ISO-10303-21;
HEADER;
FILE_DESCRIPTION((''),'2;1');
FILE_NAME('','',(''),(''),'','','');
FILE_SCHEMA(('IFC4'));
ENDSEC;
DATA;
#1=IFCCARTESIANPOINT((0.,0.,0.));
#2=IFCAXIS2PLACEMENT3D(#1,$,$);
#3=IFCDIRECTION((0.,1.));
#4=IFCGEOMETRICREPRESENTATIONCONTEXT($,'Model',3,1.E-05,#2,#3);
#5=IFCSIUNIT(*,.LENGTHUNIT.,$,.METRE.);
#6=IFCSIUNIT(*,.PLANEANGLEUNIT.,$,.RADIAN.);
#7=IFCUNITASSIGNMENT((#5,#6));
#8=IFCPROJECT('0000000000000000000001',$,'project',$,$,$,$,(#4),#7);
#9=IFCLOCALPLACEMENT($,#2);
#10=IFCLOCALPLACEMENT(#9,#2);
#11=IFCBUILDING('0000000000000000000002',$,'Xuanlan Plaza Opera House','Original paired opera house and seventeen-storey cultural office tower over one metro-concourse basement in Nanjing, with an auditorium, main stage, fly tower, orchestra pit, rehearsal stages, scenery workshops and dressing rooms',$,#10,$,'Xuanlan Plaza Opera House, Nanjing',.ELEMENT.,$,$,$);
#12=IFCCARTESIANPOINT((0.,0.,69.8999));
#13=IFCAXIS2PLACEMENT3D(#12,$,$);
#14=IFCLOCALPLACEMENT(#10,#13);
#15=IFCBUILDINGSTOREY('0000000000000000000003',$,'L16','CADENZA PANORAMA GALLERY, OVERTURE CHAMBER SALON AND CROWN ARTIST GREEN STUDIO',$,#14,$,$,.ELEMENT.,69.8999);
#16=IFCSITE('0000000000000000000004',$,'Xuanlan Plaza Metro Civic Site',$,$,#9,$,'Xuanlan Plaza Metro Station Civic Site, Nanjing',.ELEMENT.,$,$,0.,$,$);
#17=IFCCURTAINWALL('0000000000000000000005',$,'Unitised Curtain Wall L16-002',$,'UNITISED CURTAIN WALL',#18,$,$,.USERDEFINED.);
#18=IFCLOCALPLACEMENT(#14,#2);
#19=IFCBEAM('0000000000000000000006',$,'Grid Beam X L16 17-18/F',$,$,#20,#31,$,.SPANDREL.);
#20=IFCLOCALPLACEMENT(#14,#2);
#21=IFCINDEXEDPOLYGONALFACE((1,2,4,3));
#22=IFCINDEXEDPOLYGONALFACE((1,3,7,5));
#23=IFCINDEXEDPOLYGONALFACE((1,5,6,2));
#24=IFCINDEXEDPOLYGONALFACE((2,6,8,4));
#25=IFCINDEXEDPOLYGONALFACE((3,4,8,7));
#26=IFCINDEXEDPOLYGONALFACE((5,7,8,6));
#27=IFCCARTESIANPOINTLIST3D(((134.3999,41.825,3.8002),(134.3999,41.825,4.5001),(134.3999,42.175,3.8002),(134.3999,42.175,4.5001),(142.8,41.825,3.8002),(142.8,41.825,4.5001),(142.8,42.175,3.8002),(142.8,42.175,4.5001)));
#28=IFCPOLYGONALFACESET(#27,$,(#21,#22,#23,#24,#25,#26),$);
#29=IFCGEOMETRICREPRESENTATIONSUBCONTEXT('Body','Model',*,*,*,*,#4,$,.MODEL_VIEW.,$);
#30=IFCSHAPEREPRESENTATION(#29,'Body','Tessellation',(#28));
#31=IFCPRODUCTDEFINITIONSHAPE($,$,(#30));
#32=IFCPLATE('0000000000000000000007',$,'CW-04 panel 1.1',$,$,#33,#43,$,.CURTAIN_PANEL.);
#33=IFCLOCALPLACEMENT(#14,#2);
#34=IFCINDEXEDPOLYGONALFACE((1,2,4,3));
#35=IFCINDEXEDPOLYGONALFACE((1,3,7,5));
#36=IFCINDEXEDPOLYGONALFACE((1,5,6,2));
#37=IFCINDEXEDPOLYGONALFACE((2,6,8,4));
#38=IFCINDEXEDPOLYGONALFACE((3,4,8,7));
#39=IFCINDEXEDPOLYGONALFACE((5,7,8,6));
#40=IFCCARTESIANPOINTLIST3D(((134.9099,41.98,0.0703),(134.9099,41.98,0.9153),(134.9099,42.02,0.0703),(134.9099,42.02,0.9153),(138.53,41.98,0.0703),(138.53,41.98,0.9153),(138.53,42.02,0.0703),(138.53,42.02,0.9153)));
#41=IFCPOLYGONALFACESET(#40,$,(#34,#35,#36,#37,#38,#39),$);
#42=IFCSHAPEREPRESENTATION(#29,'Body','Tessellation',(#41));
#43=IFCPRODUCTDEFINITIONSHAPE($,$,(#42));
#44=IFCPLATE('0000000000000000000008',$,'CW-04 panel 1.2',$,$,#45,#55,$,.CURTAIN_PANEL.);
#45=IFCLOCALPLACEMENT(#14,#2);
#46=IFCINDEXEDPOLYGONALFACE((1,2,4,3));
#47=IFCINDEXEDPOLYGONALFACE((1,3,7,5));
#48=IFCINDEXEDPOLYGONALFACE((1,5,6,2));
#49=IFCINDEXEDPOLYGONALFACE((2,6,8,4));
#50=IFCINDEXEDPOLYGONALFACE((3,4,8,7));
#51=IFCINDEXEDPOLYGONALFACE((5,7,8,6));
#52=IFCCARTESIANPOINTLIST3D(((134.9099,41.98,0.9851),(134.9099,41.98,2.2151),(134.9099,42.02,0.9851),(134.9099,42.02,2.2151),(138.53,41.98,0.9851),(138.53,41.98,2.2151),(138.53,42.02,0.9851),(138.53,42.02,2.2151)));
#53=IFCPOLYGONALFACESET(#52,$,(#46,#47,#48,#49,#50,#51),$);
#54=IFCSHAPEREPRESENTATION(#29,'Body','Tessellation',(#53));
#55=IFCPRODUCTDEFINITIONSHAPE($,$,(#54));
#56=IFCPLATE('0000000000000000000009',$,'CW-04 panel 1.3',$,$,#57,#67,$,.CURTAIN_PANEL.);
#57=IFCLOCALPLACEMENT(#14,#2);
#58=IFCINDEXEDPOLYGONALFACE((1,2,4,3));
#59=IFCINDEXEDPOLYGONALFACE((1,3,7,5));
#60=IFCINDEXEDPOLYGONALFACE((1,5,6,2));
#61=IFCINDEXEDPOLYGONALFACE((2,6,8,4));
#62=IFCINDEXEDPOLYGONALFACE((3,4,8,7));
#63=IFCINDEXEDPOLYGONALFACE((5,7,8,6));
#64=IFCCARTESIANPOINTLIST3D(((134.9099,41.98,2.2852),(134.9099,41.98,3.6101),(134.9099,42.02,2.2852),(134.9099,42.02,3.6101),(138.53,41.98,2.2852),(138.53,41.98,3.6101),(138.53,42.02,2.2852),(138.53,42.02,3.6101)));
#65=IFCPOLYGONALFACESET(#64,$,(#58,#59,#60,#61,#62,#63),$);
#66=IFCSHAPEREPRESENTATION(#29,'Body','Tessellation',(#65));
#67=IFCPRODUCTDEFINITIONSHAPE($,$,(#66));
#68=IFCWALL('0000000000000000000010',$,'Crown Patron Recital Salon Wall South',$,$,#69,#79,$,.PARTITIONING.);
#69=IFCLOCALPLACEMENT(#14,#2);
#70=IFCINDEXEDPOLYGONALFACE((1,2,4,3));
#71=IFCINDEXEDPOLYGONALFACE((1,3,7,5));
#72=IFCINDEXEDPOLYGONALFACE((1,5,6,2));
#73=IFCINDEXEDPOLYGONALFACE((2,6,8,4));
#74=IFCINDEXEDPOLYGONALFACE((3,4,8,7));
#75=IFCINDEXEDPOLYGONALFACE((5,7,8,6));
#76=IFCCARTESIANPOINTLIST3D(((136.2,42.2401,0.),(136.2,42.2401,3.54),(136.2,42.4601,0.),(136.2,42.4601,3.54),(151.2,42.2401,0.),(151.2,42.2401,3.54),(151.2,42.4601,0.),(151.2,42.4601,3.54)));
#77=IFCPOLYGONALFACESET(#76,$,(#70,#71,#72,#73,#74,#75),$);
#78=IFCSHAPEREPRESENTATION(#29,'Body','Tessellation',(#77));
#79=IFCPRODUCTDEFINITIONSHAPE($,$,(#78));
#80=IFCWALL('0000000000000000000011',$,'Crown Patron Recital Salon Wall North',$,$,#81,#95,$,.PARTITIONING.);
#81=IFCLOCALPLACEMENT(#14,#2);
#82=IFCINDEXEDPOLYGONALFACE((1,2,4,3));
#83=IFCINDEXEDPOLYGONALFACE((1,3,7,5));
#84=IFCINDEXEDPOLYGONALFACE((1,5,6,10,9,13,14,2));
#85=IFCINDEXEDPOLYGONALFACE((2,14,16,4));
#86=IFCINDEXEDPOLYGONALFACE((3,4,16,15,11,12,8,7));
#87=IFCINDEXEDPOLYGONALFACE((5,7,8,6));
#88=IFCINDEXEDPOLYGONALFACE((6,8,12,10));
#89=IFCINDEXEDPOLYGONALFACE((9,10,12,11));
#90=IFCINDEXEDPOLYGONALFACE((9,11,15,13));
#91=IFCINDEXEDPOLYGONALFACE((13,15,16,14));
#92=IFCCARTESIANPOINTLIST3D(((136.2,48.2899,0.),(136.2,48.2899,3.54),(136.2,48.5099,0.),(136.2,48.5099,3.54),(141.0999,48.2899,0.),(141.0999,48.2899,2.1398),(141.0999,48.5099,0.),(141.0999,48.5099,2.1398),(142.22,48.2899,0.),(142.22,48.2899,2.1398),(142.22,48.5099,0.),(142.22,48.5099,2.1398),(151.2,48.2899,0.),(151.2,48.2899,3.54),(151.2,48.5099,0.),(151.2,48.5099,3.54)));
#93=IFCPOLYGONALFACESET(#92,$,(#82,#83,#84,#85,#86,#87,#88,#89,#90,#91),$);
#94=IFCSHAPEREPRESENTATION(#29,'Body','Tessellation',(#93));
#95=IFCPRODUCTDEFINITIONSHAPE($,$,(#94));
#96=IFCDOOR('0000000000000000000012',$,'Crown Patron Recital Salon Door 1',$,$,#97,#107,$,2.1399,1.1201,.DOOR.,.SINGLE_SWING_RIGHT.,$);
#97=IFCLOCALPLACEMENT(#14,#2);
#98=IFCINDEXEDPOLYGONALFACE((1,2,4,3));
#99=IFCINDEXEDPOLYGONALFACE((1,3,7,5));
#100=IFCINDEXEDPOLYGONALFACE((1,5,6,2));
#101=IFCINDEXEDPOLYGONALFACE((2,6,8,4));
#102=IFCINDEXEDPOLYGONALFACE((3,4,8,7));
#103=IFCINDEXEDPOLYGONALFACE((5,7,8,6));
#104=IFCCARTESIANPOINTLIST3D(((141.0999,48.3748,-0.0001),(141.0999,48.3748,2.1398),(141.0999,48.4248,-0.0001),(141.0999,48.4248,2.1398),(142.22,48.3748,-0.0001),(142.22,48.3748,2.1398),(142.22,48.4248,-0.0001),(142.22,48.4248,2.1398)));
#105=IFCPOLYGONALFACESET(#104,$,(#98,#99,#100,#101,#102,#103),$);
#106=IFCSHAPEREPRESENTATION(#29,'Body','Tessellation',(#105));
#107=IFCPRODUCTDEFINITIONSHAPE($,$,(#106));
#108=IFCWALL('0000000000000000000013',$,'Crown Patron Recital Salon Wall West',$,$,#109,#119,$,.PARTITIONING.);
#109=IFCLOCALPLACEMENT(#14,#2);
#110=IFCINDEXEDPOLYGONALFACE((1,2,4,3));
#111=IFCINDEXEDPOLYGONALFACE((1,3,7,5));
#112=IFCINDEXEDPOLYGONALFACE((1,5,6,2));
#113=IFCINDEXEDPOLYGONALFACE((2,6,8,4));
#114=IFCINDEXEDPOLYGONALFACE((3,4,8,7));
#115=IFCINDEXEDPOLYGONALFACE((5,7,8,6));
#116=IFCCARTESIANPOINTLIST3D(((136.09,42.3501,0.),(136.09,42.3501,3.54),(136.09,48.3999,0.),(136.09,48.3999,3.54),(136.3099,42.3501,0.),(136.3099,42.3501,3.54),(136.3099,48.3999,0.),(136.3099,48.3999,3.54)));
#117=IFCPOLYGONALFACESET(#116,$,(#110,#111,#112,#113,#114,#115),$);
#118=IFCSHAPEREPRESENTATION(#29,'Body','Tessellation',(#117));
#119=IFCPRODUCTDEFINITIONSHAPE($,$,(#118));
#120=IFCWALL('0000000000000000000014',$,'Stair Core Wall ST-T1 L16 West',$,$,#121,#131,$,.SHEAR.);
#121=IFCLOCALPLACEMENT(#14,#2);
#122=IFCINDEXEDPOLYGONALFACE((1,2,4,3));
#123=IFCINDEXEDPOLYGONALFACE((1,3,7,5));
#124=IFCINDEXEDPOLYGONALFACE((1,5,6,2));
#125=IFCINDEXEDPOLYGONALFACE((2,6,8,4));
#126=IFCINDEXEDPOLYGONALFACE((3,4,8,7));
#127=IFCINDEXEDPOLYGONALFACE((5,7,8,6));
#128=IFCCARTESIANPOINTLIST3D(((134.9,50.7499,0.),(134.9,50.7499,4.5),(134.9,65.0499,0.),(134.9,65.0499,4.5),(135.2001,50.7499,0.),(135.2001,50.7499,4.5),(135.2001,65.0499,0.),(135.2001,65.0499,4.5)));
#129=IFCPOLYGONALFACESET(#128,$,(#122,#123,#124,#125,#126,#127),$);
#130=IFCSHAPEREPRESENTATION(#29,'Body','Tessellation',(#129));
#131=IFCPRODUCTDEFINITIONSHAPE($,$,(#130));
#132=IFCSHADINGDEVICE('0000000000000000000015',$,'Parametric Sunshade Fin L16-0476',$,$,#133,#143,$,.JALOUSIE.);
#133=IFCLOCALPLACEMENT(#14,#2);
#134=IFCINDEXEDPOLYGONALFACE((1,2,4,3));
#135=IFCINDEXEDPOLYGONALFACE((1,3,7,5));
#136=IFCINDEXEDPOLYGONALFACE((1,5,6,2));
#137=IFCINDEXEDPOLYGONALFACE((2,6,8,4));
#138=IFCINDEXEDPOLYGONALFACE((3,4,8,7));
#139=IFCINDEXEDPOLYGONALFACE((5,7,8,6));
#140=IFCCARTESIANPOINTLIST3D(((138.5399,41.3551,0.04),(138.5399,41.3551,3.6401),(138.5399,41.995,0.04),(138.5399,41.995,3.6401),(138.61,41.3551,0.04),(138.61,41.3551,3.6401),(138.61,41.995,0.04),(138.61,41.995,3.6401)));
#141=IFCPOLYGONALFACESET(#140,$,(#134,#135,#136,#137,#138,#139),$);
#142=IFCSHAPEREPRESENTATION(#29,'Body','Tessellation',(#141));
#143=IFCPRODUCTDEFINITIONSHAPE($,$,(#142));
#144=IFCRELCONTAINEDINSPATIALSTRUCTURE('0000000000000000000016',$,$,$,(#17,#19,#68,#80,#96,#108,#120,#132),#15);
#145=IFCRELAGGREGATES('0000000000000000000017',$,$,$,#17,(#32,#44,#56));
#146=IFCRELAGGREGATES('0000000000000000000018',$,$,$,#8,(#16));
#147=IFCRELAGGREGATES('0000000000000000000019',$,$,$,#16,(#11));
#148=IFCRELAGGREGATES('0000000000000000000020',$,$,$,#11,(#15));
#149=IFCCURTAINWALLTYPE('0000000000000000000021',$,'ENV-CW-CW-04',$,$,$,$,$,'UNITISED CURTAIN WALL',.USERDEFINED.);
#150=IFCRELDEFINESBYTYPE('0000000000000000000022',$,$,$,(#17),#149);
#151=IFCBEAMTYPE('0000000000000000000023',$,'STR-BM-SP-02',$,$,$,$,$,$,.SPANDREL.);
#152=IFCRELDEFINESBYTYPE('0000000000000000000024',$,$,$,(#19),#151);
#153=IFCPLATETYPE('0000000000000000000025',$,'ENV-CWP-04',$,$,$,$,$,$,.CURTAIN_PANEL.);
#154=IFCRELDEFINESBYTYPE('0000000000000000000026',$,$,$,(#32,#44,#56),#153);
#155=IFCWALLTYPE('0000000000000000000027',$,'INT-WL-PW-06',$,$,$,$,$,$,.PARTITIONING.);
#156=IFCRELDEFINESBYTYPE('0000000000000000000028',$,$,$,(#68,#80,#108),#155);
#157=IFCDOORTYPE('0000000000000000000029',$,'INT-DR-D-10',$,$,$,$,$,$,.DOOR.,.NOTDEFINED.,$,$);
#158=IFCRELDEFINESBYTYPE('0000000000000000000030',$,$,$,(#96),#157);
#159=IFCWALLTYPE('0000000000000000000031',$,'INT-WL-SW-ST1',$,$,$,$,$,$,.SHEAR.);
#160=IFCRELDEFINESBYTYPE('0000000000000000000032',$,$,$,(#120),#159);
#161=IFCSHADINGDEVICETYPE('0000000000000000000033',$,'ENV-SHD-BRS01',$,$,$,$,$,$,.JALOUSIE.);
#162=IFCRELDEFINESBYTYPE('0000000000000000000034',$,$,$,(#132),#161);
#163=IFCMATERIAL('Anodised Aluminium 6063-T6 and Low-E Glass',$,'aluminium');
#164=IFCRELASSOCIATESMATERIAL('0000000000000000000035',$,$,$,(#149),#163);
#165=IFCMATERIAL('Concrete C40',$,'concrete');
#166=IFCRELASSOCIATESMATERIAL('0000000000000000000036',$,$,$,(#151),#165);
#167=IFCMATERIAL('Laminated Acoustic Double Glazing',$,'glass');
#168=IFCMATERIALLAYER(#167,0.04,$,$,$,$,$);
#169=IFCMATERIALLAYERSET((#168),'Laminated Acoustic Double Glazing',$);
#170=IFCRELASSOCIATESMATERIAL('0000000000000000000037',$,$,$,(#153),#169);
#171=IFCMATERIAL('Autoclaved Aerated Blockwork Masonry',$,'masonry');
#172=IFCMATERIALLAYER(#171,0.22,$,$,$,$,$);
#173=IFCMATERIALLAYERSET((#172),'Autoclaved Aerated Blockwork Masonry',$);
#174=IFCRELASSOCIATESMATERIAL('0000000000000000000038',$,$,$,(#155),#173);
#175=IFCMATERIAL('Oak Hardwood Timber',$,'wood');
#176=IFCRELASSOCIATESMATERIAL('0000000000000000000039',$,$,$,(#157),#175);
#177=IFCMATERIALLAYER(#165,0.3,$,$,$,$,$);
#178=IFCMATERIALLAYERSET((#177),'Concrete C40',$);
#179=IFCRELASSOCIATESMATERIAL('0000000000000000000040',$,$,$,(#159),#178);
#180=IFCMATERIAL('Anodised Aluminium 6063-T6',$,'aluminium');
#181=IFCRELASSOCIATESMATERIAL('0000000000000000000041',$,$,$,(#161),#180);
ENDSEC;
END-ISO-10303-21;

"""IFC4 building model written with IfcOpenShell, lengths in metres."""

from ifc_helpers import new_model, si_unit, direction, frame, frame_2d, origin, origin_2d, place, context, subcontext, project, spatial, rectangle, extrude, material, layer, layer_set, material_profile, profile_set, type_object, element, fill, aggregate, save


model = new_model("IFC4")

# Units and contexts
model_context = context("Model", 3, precision=1e-05, world=origin(), true_north=direction((0.0, 1.0)))
body_context = subcontext(model_context, "Body", "Model", "MODEL_VIEW")
ifc_project = project(units=[si_unit("LENGTHUNIT", "METRE"), si_unit("PLANEANGLEUNIT", "RADIAN")], contexts=[model_context])

# Site, building, storey
site_placement = place(None, origin())
site = spatial("IfcSite", under=ifc_project, at=site_placement, Name="Xuanlan Plaza Metro Civic Site", LongName="Xuanlan Plaza Metro Station Civic Site, Nanjing", CompositionType="ELEMENT", RefElevation=0.0)
building_placement = place(site_placement, origin())
building = spatial("IfcBuilding", under=site, at=building_placement, Name="Xuanlan Plaza Opera House", Description="Original paired opera house and seventeen-storey cultural office tower over one metro-concourse basement in Nanjing, with an auditorium, main stage, fly tower, orchestra pit, rehearsal stages, scenery workshops and dressing rooms", LongName="Xuanlan Plaza Opera House, Nanjing", CompositionType="ELEMENT")
storey_placement = place(building_placement, frame((0.0, 0.0, 69.8999)))
storey = spatial("IfcBuildingStorey", under=building, at=storey_placement, Name="L16", Description="CADENZA PANORAMA GALLERY, OVERTURE CHAMBER SALON AND CROWN ARTIST GREEN STUDIO", CompositionType="ELEMENT", Elevation=69.8999)

# Curtain wall
ifc_material_1 = material(Name="Anodised Aluminium 6063-T6 and Low-E Glass", Category="aluminium")
curtain_wall_type = type_object("IfcCurtainWallType", Name="ENV-CW-CW-04", ElementType="UNITISED CURTAIN WALL", PredefinedType="USERDEFINED", material=ifc_material_1)
curtain_wall_placement = place(storey_placement, origin())
curtain_wall = element("IfcCurtainWall", 1, at=curtain_wall_placement, inside=storey, type_object=curtain_wall_type, Name="Unitised Curtain Wall L16-002", ObjectType="UNITISED CURTAIN WALL", PredefinedType="USERDEFINED")
ifc_material_2 = material(Name="Anodised Aluminium 6063-T6", Category="aluminium")

# Beam
ifc_material_3 = material(Name="Concrete C40", Category="concrete")
ifc_material_profile_1 = material_profile(ifc_material_3, rectangle(XDim=0.3501, YDim=0.7, at=origin_2d()), Name="RC-SPD 350x700")
ifc_profile_set_1 = profile_set([ifc_material_profile_1], Name="Concrete C40")
beam_type_1 = type_object("IfcBeamType", Name="STR-BM-SP-02", PredefinedType="SPANDREL", material=ifc_profile_set_1)
beam_1_placement = place(storey_placement, frame((134.3999, 42.0, 4.1501), z_axis=(1.0, 0.0, 0.0), x_axis=(0.0, 1.0, 0.0)))
element("IfcBeam", 2, at=beam_1_placement, inside=storey, type_object=beam_type_1, Name="Grid Beam X L16 17-18/F", PredefinedType="SPANDREL", context=body_context, shape_type="SweptSolid", body=[
    extrude(rectangle(XDim=0.3501, YDim=0.7, at=origin_2d()), origin(), (0.0, 0.0, 1.0), 8.4001),
])

# Plates
ifc_material_4 = material(Name="Laminated Acoustic Double Glazing", Category="glass")
ifc_layer_1 = layer(ifc_material_4, 0.04)
ifc_layer_set_1 = layer_set([ifc_layer_1], Name="Laminated Acoustic Double Glazing")
plate_type = type_object("IfcPlateType", Name="ENV-CWP-04", PredefinedType="CURTAIN_PANEL", material=ifc_layer_set_1)
plate_1_placement = place(storey_placement, frame((136.72, 42.0, 0.0703), z_axis=(0.0, 0.0, 1.0), x_axis=(1.0, 0.0, 0.0)))
plate_1 = element("IfcPlate", 3, at=plate_1_placement, type_object=plate_type, Name="CW-04 panel 1.1", PredefinedType="CURTAIN_PANEL", context=body_context, shape_type="SweptSolid", body=[
    extrude(rectangle(XDim=3.6201, YDim=0.04, at=origin_2d()), origin(), (0.0, 0.0, 1.0), 0.845),
])
plate_2_placement = place(storey_placement, frame((136.72, 42.0, 0.9851), z_axis=(0.0, 0.0, 1.0), x_axis=(1.0, 0.0, 0.0)))
plate_2 = element("IfcPlate", 4, at=plate_2_placement, type_object=plate_type, Name="CW-04 panel 1.2", PredefinedType="CURTAIN_PANEL", context=body_context, shape_type="SweptSolid", body=[
    extrude(rectangle(XDim=3.6201, YDim=0.04, at=origin_2d()), origin(), (0.0, 0.0, 1.0), 1.23),
])
plate_3_placement = place(storey_placement, frame((136.72, 42.0, 2.2852), z_axis=(0.0, 0.0, 1.0), x_axis=(1.0, 0.0, 0.0)))
plate_3 = element("IfcPlate", 5, at=plate_3_placement, type_object=plate_type, Name="CW-04 panel 1.3", PredefinedType="CURTAIN_PANEL", context=body_context, shape_type="SweptSolid", body=[
    extrude(rectangle(XDim=3.6201, YDim=0.04, at=origin_2d()), origin(), (0.0, 0.0, 1.0), 1.325),
])
aggregate(curtain_wall, [plate_1, plate_2, plate_3])

# Wall
ifc_material_5 = material(Name="Autoclaved Aerated Blockwork Masonry", Category="masonry")
ifc_layer_2 = layer(ifc_material_5, 0.22)
ifc_layer_set_2 = layer_set([ifc_layer_2], Name="Autoclaved Aerated Blockwork Masonry")
wall_type_1 = type_object("IfcWallType", Name="INT-WL-PW-06", PredefinedType="PARTITIONING", material=ifc_layer_set_2)
wall_1_placement = place(storey_placement, frame((136.2, 42.3501, 0.0), z_axis=(0.0, 0.0, 1.0), x_axis=(1.0, 0.0, 0.0)))
element("IfcWall", 6, at=wall_1_placement, inside=storey, type_object=wall_type_1, Name="Crown Patron Recital Salon Wall South", PredefinedType="PARTITIONING", context=body_context, shape_type="SweptSolid", body=[
    extrude(rectangle(XDim=15.0, YDim=0.22, at=frame_2d((7.5, 0.0))), origin(), (0.0, 0.0, 1.0), 3.54),
])

# Wall, opening, door
wall_2_placement = place(storey_placement, frame((136.2, 48.3999, 0.0), z_axis=(0.0, 0.0, 1.0), x_axis=(1.0, 0.0, 0.0)))
wall_2 = element("IfcWall", 7, at=wall_2_placement, inside=storey, type_object=wall_type_1, Name="Crown Patron Recital Salon Wall North", PredefinedType="PARTITIONING", context=body_context, shape_type="SweptSolid", body=[
    extrude(rectangle(XDim=15.0, YDim=0.22, at=frame_2d((7.5, 0.0))), origin(), (0.0, 0.0, 1.0), 3.54),
])
opening_1_placement = place(wall_2_placement, frame((4.8999, 0.0, 0.0)))
opening_1 = element("IfcOpeningElement", 8, at=opening_1_placement, cuts=wall_2, PredefinedType="OPENING", context=body_context, shape_type="SweptSolid", body=[
    extrude(rectangle(XDim=1.1201, YDim=2.1399, at=frame_2d((0.5601, 1.0698))), frame((0.0, 0.1199, 0.0), z_axis=(0.0, -1.0, 0.0), x_axis=(1.0, 0.0, 0.0)), (0.0, 0.0, 1.0), 0.24),
])
ifc_material_6 = material(Name="Oak Hardwood Timber", Category="wood")
door_type_1 = type_object("IfcDoorType", Name="INT-DR-D-10", OperationType="NOTDEFINED", PredefinedType="DOOR", material=ifc_material_6)
door_1_placement = place(opening_1_placement, origin())
door_1 = element("IfcDoor", 9, at=door_1_placement, inside=storey, type_object=door_type_1, Name="Crown Patron Recital Salon Door 1", OperationType="SINGLE_SWING_RIGHT", OverallHeight=2.1399, OverallWidth=1.1201, PredefinedType="DOOR", context=body_context, shape_type="SweptSolid", body=[
    extrude(rectangle(XDim=1.1201, YDim=2.1399, at=frame_2d((0.5601, 1.0698))), frame((0.0, 0.0249, 0.0), z_axis=(0.0, -1.0, 0.0), x_axis=(1.0, 0.0, 0.0)), (0.0, 0.0, 1.0), 0.05),
])
fill(opening_1, door_1)

# Wall
wall_3_placement = place(storey_placement, frame((136.2, 42.3501, 0.0), z_axis=(0.0, 0.0, 1.0), x_axis=(0.0, 1.0, 0.0)))
element("IfcWall", 10, at=wall_3_placement, inside=storey, type_object=wall_type_1, Name="Crown Patron Recital Salon Wall West", PredefinedType="PARTITIONING", context=body_context, shape_type="SweptSolid", body=[
    extrude(rectangle(XDim=6.0498, YDim=0.22, at=frame_2d((3.0249, 0.0))), origin(), (0.0, 0.0, 1.0), 3.54),
])

# Shared definitions
ifc_layer_3 = layer(ifc_material_3, 0.3)
ifc_layer_set_3 = layer_set([ifc_layer_3], Name="Concrete C40")
wall_type_2 = type_object("IfcWallType", Name="INT-WL-SW-ST1", PredefinedType="SHEAR", material=ifc_layer_set_3)

# Wall
wall_4_placement = place(storey_placement, frame((135.05, 50.75, 0.0), z_axis=(0.0, 0.0, 1.0), x_axis=(0.0, 1.0, 0.0)))
element("IfcWall", 11, at=wall_4_placement, inside=storey, type_object=wall_type_2, Name="Stair Core Wall ST-T1 L16 West", PredefinedType="SHEAR", context=body_context, shape_type="SweptSolid", body=[
    extrude(rectangle(XDim=14.3, YDim=0.3, at=frame_2d((7.1499, 0.0))), origin(), (0.0, 0.0, 1.0), 4.5),
])

# Shading device
shading_device_type = type_object("IfcShadingDeviceType", Name="ENV-SHD-BRS01", PredefinedType="JALOUSIE", material=ifc_material_2)
shading_device_placement = place(storey_placement, frame((138.575, 41.675, 0.04), z_axis=(0.0, 0.0, 1.0), x_axis=(0.0, -1.0, 0.0)))
element("IfcShadingDevice", 12, at=shading_device_placement, inside=storey, type_object=shading_device_type, Name="Parametric Sunshade Fin L16-0476", PredefinedType="JALOUSIE", context=body_context, shape_type="SweptSolid", body=[
    extrude(rectangle(XDim=0.6399, YDim=0.0701, at=origin_2d()), origin(), (0.0, 0.0, 1.0), 3.6001),
])

save(model, "model.ifc")
